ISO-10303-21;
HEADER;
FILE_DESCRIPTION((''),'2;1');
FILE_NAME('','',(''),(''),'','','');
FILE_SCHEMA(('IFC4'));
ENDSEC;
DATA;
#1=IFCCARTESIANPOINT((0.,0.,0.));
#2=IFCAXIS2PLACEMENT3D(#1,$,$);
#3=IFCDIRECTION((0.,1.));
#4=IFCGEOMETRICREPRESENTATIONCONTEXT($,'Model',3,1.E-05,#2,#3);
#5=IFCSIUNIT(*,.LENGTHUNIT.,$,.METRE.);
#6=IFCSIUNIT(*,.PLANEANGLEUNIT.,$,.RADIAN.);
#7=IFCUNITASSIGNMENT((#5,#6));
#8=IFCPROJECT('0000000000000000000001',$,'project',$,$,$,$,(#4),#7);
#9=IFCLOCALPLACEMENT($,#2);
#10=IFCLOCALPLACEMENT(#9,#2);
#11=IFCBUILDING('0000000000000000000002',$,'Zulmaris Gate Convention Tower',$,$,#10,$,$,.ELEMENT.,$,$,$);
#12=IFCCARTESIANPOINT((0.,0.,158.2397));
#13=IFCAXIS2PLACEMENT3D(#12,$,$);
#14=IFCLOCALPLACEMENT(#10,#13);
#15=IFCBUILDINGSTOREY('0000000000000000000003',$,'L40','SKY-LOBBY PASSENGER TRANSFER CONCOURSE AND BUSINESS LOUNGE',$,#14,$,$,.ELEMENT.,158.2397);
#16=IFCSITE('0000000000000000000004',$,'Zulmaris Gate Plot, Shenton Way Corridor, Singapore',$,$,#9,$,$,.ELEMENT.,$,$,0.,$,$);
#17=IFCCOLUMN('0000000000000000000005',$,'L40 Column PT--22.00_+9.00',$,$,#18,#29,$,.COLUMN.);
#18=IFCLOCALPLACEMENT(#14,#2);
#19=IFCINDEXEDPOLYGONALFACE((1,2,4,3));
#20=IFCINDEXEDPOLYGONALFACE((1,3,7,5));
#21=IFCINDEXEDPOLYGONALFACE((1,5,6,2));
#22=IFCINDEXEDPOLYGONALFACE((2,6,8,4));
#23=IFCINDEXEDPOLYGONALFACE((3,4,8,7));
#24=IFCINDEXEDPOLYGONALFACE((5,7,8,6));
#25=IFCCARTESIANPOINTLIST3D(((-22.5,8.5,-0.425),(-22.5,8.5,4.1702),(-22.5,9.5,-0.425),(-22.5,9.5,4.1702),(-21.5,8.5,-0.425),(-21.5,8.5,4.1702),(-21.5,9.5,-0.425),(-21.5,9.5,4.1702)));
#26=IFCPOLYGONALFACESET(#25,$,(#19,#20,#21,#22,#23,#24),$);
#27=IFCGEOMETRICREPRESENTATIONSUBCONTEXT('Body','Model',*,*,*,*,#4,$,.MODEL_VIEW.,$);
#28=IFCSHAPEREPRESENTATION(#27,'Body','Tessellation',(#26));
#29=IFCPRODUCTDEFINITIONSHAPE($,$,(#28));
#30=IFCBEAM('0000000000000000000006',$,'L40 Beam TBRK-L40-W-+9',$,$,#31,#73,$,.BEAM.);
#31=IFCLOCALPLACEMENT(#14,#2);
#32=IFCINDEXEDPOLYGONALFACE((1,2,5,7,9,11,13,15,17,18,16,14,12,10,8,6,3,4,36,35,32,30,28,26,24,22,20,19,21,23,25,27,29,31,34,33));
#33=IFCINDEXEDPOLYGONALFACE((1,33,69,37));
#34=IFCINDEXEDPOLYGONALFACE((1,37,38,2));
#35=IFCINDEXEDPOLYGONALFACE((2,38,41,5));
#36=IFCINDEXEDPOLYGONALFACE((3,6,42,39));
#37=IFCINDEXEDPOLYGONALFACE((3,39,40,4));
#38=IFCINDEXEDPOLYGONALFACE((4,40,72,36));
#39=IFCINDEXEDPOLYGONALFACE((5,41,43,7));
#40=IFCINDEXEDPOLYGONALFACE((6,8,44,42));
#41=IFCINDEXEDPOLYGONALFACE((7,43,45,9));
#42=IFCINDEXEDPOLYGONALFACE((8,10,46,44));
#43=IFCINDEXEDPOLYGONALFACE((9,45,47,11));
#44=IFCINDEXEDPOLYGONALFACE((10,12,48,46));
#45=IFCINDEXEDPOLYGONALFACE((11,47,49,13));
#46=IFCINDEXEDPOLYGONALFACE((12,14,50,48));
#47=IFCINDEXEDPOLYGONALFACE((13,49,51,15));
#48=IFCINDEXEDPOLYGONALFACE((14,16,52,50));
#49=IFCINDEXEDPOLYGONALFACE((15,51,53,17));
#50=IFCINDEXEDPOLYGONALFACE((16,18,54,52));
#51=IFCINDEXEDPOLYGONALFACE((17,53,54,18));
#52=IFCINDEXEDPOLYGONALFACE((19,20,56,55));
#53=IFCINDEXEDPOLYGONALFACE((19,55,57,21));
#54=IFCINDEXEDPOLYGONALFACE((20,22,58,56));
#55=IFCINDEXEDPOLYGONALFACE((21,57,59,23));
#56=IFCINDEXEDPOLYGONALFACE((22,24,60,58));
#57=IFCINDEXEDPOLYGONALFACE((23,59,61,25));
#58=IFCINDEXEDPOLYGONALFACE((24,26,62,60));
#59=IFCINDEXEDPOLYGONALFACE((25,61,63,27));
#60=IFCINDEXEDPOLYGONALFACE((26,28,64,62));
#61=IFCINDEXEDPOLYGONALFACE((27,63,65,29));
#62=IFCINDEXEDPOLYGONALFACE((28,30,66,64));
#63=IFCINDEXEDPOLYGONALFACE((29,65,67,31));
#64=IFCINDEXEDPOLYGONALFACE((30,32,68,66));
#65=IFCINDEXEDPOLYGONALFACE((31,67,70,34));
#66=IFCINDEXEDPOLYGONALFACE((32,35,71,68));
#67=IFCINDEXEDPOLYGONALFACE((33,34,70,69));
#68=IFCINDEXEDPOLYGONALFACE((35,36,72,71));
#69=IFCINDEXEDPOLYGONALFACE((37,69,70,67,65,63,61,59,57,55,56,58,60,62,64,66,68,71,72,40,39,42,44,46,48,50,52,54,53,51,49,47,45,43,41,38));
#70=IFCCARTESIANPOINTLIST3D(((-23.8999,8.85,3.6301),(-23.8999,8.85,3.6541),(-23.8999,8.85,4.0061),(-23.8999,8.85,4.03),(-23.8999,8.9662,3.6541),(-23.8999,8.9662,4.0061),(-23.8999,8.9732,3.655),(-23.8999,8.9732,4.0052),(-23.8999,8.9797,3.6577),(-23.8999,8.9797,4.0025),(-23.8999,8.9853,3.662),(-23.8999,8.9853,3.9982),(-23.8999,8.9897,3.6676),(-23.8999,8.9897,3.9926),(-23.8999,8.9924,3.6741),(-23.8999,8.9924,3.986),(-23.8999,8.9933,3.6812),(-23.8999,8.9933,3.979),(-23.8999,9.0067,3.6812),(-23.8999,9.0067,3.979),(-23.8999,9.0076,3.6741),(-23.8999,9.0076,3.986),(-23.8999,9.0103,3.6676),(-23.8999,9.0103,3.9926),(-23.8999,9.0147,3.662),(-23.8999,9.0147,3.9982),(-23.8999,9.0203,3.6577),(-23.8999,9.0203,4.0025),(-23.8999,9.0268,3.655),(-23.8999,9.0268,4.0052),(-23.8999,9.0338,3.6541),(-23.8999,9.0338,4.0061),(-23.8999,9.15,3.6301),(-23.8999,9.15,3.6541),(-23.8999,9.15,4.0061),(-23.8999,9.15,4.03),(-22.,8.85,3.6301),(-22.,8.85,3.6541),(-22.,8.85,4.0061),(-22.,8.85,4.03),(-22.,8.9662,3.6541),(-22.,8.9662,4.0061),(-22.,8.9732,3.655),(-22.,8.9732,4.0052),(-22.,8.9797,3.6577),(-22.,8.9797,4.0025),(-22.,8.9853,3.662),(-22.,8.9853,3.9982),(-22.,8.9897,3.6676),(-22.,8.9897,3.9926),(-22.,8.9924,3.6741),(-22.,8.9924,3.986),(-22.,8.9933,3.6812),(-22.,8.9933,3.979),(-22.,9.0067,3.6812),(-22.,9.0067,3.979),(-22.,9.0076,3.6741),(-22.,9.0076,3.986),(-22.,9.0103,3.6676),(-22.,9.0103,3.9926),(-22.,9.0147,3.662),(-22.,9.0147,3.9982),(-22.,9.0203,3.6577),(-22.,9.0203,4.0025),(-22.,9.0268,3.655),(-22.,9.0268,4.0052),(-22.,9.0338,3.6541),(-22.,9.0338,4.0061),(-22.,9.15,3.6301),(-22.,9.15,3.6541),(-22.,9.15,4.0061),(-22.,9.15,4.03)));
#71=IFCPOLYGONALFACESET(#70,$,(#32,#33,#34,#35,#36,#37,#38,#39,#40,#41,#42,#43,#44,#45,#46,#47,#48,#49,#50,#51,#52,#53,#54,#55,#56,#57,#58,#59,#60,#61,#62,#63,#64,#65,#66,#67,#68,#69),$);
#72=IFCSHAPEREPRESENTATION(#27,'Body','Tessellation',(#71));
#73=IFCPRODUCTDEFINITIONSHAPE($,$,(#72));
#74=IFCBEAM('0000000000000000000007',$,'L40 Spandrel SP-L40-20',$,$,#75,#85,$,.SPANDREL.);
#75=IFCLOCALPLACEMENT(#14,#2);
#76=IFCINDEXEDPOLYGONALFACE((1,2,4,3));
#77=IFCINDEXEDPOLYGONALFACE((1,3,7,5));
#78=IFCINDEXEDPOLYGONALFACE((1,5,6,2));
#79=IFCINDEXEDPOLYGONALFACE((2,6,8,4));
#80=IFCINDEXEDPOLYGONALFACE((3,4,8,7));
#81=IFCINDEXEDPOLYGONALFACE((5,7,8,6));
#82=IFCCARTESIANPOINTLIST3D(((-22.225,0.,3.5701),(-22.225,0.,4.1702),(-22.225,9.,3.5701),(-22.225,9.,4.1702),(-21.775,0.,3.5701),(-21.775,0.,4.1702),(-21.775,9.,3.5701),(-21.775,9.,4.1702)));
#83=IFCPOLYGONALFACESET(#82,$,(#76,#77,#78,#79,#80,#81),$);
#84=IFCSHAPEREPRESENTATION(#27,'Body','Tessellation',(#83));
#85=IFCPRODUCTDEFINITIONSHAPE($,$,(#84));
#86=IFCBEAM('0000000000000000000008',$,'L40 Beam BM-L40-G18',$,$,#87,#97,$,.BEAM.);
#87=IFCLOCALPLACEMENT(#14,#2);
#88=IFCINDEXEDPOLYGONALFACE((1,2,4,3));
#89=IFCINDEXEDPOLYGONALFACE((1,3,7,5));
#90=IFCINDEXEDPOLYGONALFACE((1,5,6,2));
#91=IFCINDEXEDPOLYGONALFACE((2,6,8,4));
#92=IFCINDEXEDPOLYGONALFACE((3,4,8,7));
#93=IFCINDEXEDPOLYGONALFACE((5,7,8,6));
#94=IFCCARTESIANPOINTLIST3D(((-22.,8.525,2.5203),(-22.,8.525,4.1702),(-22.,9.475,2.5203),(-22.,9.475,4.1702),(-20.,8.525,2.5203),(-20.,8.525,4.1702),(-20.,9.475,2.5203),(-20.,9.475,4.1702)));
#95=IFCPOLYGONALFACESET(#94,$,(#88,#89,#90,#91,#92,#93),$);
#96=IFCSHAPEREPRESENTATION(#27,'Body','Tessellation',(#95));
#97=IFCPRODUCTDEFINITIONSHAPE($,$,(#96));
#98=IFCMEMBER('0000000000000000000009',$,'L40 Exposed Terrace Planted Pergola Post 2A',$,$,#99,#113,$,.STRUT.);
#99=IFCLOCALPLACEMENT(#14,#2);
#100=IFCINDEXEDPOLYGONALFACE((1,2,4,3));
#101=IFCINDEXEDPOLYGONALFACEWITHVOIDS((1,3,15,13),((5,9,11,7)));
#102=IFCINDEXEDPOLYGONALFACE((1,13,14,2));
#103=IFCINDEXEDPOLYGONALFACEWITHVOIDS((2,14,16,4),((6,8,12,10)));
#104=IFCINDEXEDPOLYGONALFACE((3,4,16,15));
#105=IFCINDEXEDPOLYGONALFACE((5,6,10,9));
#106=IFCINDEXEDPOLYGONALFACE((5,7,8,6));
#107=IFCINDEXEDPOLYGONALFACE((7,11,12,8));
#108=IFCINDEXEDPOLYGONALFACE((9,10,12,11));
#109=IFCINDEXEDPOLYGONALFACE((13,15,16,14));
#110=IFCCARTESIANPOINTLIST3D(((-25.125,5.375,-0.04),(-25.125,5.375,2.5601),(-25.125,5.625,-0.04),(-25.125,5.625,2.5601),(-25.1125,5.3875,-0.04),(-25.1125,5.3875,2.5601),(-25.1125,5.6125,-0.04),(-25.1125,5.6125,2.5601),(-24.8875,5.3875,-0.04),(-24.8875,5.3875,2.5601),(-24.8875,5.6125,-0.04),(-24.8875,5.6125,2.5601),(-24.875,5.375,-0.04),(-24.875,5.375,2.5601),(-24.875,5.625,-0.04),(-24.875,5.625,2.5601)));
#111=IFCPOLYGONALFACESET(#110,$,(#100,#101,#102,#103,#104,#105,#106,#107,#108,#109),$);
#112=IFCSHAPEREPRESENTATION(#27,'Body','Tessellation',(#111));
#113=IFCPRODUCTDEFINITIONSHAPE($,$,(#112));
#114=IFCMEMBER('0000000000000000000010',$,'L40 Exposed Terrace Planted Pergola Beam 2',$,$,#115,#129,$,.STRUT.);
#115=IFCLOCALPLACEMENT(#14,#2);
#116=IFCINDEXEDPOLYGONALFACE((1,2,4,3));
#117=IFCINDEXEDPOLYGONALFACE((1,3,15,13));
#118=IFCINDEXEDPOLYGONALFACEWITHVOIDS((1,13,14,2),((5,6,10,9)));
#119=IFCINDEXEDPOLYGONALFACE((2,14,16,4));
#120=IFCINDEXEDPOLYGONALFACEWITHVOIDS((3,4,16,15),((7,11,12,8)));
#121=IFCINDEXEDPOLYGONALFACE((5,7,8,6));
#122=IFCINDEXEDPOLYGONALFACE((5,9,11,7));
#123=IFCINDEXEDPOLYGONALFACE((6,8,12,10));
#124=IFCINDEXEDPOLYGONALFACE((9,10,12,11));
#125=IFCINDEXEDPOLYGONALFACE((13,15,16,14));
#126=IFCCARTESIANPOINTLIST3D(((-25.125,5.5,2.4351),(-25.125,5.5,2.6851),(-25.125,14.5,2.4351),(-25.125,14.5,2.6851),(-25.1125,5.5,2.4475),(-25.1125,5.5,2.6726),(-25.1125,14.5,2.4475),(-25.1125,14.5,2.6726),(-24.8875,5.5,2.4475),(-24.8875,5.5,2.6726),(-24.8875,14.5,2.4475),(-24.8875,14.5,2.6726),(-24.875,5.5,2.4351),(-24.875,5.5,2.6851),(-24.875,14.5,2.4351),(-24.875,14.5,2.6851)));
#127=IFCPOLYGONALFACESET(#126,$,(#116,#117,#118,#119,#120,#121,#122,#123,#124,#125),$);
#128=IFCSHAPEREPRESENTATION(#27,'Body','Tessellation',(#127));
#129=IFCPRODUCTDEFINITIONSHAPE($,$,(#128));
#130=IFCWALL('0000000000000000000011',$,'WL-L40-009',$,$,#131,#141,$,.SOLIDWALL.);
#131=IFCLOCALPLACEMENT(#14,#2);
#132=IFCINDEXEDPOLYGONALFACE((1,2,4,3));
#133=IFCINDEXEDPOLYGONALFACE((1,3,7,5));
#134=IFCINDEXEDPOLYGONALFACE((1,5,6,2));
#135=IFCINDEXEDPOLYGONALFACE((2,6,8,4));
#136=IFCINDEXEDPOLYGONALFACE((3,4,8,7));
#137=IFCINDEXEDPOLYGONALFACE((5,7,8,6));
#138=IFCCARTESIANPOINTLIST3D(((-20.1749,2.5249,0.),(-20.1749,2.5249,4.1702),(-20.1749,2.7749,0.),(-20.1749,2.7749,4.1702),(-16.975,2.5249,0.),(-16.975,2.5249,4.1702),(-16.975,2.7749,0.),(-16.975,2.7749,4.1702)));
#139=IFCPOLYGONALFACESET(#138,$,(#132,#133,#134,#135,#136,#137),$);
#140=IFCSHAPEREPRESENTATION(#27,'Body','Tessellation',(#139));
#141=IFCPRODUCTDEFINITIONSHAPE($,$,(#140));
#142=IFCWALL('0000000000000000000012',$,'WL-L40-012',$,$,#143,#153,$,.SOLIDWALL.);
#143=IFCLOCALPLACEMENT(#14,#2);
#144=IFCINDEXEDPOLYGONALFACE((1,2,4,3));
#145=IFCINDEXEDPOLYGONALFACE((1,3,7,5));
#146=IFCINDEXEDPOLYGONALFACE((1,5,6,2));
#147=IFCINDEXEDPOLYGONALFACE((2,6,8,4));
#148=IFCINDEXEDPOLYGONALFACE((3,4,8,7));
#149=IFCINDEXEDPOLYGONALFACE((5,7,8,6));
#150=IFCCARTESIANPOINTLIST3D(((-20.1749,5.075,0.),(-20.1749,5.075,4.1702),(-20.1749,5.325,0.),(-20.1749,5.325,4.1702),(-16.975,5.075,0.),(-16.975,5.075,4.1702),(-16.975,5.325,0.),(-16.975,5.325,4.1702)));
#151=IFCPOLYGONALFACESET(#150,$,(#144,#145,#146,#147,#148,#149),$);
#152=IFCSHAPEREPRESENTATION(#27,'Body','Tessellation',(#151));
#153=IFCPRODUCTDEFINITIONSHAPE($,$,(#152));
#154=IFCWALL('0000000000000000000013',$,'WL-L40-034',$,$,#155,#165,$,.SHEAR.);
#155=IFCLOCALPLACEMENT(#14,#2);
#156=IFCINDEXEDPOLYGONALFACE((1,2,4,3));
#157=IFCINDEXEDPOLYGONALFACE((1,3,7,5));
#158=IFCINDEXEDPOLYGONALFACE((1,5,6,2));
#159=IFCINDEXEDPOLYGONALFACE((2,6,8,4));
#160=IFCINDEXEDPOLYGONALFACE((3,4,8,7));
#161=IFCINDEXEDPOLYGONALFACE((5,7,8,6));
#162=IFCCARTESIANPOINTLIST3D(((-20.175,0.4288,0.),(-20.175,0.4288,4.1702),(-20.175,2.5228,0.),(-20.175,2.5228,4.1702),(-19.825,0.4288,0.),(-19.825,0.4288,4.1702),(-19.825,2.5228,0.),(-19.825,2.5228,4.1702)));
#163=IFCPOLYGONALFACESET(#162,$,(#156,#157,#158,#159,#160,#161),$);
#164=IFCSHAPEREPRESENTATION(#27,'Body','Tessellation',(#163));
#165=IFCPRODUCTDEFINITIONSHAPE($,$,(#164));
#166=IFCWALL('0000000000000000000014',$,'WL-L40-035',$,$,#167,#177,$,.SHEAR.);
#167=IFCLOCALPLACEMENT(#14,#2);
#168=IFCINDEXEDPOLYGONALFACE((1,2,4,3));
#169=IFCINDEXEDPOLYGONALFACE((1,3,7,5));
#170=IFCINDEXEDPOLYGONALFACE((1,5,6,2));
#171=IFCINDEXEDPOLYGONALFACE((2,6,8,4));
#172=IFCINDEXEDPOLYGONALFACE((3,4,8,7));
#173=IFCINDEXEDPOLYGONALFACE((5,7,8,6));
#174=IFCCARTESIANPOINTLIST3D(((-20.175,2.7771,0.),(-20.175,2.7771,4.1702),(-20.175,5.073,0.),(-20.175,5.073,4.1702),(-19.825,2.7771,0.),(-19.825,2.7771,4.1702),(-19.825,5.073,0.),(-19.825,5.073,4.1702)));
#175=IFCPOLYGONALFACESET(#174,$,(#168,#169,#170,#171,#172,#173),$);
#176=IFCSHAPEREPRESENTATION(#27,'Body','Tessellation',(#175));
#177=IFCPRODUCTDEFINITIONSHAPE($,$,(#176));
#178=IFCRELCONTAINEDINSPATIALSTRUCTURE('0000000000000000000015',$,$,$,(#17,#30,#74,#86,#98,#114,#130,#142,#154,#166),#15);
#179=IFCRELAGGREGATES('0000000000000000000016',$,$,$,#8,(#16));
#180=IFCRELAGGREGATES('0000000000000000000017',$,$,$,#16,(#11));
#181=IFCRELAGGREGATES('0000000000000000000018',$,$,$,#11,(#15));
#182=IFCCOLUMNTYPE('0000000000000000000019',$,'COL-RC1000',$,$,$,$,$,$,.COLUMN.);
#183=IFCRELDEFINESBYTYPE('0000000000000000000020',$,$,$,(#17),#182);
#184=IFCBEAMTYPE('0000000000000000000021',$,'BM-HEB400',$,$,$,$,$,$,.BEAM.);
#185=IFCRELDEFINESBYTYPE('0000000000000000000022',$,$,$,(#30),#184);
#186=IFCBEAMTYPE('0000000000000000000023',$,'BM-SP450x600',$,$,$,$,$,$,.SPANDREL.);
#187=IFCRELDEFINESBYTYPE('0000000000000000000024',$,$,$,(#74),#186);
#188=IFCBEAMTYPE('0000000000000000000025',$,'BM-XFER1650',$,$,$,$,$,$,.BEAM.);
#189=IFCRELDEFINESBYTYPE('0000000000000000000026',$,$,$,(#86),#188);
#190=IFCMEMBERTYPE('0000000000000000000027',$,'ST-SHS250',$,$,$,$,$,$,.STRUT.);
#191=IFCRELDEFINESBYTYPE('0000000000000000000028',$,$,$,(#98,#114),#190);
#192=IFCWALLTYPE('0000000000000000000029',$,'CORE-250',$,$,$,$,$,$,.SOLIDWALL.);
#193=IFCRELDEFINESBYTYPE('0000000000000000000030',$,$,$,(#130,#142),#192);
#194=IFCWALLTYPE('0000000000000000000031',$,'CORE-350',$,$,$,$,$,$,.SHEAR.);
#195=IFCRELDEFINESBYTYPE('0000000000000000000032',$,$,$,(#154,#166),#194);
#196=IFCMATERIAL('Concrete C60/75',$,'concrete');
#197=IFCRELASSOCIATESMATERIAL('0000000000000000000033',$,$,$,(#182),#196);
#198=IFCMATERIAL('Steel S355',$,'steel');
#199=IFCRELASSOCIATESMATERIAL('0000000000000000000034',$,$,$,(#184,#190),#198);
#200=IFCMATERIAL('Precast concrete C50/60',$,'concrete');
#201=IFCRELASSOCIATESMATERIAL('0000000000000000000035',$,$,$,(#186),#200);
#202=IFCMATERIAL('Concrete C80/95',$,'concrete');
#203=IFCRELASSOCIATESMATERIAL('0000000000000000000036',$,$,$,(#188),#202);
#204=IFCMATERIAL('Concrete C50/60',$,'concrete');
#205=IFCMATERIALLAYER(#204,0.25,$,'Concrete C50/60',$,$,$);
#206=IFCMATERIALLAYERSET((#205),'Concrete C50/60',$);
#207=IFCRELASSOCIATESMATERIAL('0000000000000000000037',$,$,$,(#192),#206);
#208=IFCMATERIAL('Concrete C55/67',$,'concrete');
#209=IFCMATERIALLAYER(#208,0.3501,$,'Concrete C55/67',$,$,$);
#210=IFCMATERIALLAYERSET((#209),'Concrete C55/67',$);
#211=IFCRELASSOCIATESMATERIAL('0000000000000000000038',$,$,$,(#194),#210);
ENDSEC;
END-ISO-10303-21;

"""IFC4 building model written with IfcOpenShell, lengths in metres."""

from ifc_helpers import new_model, si_unit, direction, frame, frame_2d, origin, origin_2d, place, context, subcontext, project, spatial, rectangle, hollow_rectangle, i_section, extrude, material, layer, layer_set, material_profile, profile_set, type_object, element, save


model = new_model("IFC4")

# Units and contexts
model_context = context("Model", 3, precision=1e-05, world=origin(), true_north=direction((0.0, 1.0)))
body_context = subcontext(model_context, "Body", "Model", "MODEL_VIEW")
ifc_project = project(units=[si_unit("LENGTHUNIT", "METRE"), si_unit("PLANEANGLEUNIT", "RADIAN")], contexts=[model_context])

# Site, building, storey
site_placement = place(None, origin())
site = spatial("IfcSite", under=ifc_project, at=site_placement, Name="Zulmaris Gate Plot, Shenton Way Corridor, Singapore", CompositionType="ELEMENT", RefElevation=0.0)
building_placement = place(site_placement, origin())
building = spatial("IfcBuilding", under=site, at=building_placement, Name="Zulmaris Gate Convention Tower", CompositionType="ELEMENT")
storey_placement = place(building_placement, frame((0.0, 0.0, 158.2397)))
storey = spatial("IfcBuildingStorey", under=building, at=storey_placement, Name="L40", Description="SKY-LOBBY PASSENGER TRANSFER CONCOURSE AND BUSINESS LOUNGE", CompositionType="ELEMENT", Elevation=158.2397)

# Column
ifc_material_1 = material(Name="Concrete C60/75", Category="concrete")
ifc_material_profile_1 = material_profile(ifc_material_1, rectangle(XDim=1.0, YDim=1.0, at=origin_2d()), Name="RC COL 1000x1000")
ifc_profile_set_1 = profile_set([ifc_material_profile_1], Name="Concrete C60/75")
column_type = type_object("IfcColumnType", Name="COL-RC1000", PredefinedType="COLUMN", material=ifc_profile_set_1)
column_placement = place(storey_placement, frame((-22.0, 9.0, -0.425), z_axis=(0.0, 0.0, 1.0), x_axis=(1.0, 0.0, 0.0)))
element("IfcColumn", 1, at=column_placement, inside=storey, type_object=column_type, Name="L40 Column PT--22.00_+9.00", PredefinedType="COLUMN", context=body_context, shape_type="SweptSolid", body=[
    extrude(rectangle(XDim=1.0, YDim=1.0, at=origin_2d()), origin(), (0.0, 0.0, 1.0), 4.5952),
])

# Beams
ifc_material_2 = material(Name="Steel S355", Category="steel")
ifc_material_profile_2 = material_profile(ifc_material_2, i_section(OverallWidth=0.3, OverallDepth=0.3999, WebThickness=0.0134, FlangeThickness=0.0239, FilletRadius=0.0271, at=origin_2d()), Name="HEB 400")
ifc_profile_set_2 = profile_set([ifc_material_profile_2], Name="Steel S355")
beam_type_1 = type_object("IfcBeamType", Name="BM-HEB400", PredefinedType="BEAM", material=ifc_profile_set_2)
beam_1_placement = place(storey_placement, frame((-23.8999, 9.0, 3.8301), z_axis=(1.0, 0.0, 0.0), x_axis=(0.0, 1.0, 0.0)))
element("IfcBeam", 2, at=beam_1_placement, inside=storey, type_object=beam_type_1, Name="L40 Beam TBRK-L40-W-+9", PredefinedType="BEAM", context=body_context, shape_type="SweptSolid", body=[
    extrude(i_section(OverallWidth=0.3, OverallDepth=0.3999, WebThickness=0.0134, FlangeThickness=0.0239, FilletRadius=0.0271, at=origin_2d()), origin(), (0.0, 0.0, 1.0), 1.8999),
])
ifc_material_3 = material(Name="Precast concrete C50/60", Category="concrete")
ifc_material_profile_3 = material_profile(ifc_material_3, rectangle(XDim=0.45, YDim=0.6001, at=origin_2d()), Name="RC SPANDREL 450x600")
ifc_profile_set_3 = profile_set([ifc_material_profile_3], Name="Precast concrete C50/60")
beam_type_2 = type_object("IfcBeamType", Name="BM-SP450x600", PredefinedType="SPANDREL", material=ifc_profile_set_3)
beam_2_placement = place(storey_placement, frame((-22.0, 9.0, 3.8701), z_axis=(0.0, -1.0, 0.0), x_axis=(1.0, 0.0, 0.0)))
element("IfcBeam", 3, at=beam_2_placement, inside=storey, type_object=beam_type_2, Name="L40 Spandrel SP-L40-20", PredefinedType="SPANDREL", context=body_context, shape_type="SweptSolid", body=[
    extrude(rectangle(XDim=0.45, YDim=0.6001, at=origin_2d()), origin(), (0.0, 0.0, 1.0), 9.0),
])
ifc_material_4 = material(Name="Concrete C80/95", Category="concrete")
ifc_material_profile_4 = material_profile(ifc_material_4, rectangle(XDim=0.95, YDim=1.6499, at=origin_2d()), Name="RC TRANSFER 950x1650")
ifc_profile_set_4 = profile_set([ifc_material_profile_4], Name="Concrete C80/95")
beam_type_3 = type_object("IfcBeamType", Name="BM-XFER1650", PredefinedType="BEAM", material=ifc_profile_set_4)
beam_3_placement = place(storey_placement, frame((-22.0, 9.0, 3.3452), z_axis=(1.0, 0.0, 0.0), x_axis=(0.0, 1.0, 0.0)))
element("IfcBeam", 4, at=beam_3_placement, inside=storey, type_object=beam_type_3, Name="L40 Beam BM-L40-G18", PredefinedType="BEAM", context=body_context, shape_type="SweptSolid", body=[
    extrude(rectangle(XDim=0.95, YDim=1.6499, at=origin_2d()), origin(), (0.0, 0.0, 1.0), 2.0),
])

# Members
ifc_material_profile_5 = material_profile(ifc_material_2, hollow_rectangle(XDim=0.25, YDim=0.25, WallThickness=0.0125, at=origin_2d()), Name="SHS 250x250x12.5")
ifc_profile_set_5 = profile_set([ifc_material_profile_5], Name="Steel S355")
member_type = type_object("IfcMemberType", Name="ST-SHS250", PredefinedType="STRUT", material=ifc_profile_set_5)
member_1_placement = place(storey_placement, frame((-25.0, 5.5, -0.04), z_axis=(0.0, 0.0, 1.0), x_axis=(1.0, 0.0, 0.0)))
element("IfcMember", 5, at=member_1_placement, inside=storey, type_object=member_type, Name="L40 Exposed Terrace Planted Pergola Post 2A", PredefinedType="STRUT", context=body_context, shape_type="SweptSolid", body=[
    extrude(hollow_rectangle(XDim=0.25, YDim=0.25, WallThickness=0.0125, at=origin_2d()), origin(), (0.0, 0.0, 1.0), 2.6001),
])
member_2_placement = place(storey_placement, frame((-25.0, 5.5, 2.5601), z_axis=(0.0, 1.0, 0.0), x_axis=(-1.0, 0.0, 0.0)))
element("IfcMember", 6, at=member_2_placement, inside=storey, type_object=member_type, Name="L40 Exposed Terrace Planted Pergola Beam 2", PredefinedType="STRUT", context=body_context, shape_type="SweptSolid", body=[
    extrude(hollow_rectangle(XDim=0.25, YDim=0.25, WallThickness=0.0125, at=origin_2d()), origin(), (0.0, 0.0, 1.0), 9.0),
])

# Walls
ifc_material_5 = material(Name="Concrete C50/60", Category="concrete")
ifc_layer_1 = layer(ifc_material_5, 0.25, Name="Concrete C50/60")
ifc_layer_set_1 = layer_set([ifc_layer_1], Name="Concrete C50/60")
wall_type_1 = type_object("IfcWallType", Name="CORE-250", PredefinedType="SOLIDWALL", material=ifc_layer_set_1)
for number, where, z_axis, x_axis, name in (
    (7, (-20.175, 2.6499, 0.0), (0.0, 0.0, 1.0), (1.0, 0.0, 0.0), "WL-L40-009"),
    (8, (-20.175, 5.2, 0.0), (0.0, 0.0, 1.0), (1.0, 0.0, 0.0), "WL-L40-012"),
):
    element("IfcWall", number, at=place(storey_placement, frame(where, z_axis=z_axis, x_axis=x_axis)), inside=storey, type_object=wall_type_1, Name=name, PredefinedType="SOLIDWALL", context=body_context, shape_type="SweptSolid", body=[
        extrude(rectangle(XDim=3.2, YDim=0.25, at=frame_2d((1.6001, 0.0))), origin(), (0.0, 0.0, 1.0), 4.1702),
    ])
ifc_material_6 = material(Name="Concrete C55/67", Category="concrete")
ifc_layer_2 = layer(ifc_material_6, 0.3501, Name="Concrete C55/67")
ifc_layer_set_2 = layer_set([ifc_layer_2], Name="Concrete C55/67")
wall_type_2 = type_object("IfcWallType", Name="CORE-350", PredefinedType="SHEAR", material=ifc_layer_set_2)
wall_1_placement = place(storey_placement, frame((-20.0, 0.429, 0.0), z_axis=(0.0, 0.0, 1.0), x_axis=(0.0, 1.0, 0.0)))
element("IfcWall", 9, at=wall_1_placement, inside=storey, type_object=wall_type_2, Name="WL-L40-034", PredefinedType="SHEAR", context=body_context, shape_type="SweptSolid", body=[
    extrude(rectangle(XDim=2.094, YDim=0.3501, at=frame_2d((1.0469, 0.0))), origin(), (0.0, 0.0, 1.0), 4.1702),
])
wall_2_placement = place(storey_placement, frame((-20.0, 2.7771, 0.0), z_axis=(0.0, 0.0, 1.0), x_axis=(0.0, 1.0, 0.0)))
element("IfcWall", 10, at=wall_2_placement, inside=storey, type_object=wall_type_2, Name="WL-L40-035", PredefinedType="SHEAR", context=body_context, shape_type="SweptSolid", body=[
    extrude(rectangle(XDim=2.2959, YDim=0.3501, at=frame_2d((1.1479, 0.0))), origin(), (0.0, 0.0, 1.0), 4.1702),
])

save(model, "model.ifc")
